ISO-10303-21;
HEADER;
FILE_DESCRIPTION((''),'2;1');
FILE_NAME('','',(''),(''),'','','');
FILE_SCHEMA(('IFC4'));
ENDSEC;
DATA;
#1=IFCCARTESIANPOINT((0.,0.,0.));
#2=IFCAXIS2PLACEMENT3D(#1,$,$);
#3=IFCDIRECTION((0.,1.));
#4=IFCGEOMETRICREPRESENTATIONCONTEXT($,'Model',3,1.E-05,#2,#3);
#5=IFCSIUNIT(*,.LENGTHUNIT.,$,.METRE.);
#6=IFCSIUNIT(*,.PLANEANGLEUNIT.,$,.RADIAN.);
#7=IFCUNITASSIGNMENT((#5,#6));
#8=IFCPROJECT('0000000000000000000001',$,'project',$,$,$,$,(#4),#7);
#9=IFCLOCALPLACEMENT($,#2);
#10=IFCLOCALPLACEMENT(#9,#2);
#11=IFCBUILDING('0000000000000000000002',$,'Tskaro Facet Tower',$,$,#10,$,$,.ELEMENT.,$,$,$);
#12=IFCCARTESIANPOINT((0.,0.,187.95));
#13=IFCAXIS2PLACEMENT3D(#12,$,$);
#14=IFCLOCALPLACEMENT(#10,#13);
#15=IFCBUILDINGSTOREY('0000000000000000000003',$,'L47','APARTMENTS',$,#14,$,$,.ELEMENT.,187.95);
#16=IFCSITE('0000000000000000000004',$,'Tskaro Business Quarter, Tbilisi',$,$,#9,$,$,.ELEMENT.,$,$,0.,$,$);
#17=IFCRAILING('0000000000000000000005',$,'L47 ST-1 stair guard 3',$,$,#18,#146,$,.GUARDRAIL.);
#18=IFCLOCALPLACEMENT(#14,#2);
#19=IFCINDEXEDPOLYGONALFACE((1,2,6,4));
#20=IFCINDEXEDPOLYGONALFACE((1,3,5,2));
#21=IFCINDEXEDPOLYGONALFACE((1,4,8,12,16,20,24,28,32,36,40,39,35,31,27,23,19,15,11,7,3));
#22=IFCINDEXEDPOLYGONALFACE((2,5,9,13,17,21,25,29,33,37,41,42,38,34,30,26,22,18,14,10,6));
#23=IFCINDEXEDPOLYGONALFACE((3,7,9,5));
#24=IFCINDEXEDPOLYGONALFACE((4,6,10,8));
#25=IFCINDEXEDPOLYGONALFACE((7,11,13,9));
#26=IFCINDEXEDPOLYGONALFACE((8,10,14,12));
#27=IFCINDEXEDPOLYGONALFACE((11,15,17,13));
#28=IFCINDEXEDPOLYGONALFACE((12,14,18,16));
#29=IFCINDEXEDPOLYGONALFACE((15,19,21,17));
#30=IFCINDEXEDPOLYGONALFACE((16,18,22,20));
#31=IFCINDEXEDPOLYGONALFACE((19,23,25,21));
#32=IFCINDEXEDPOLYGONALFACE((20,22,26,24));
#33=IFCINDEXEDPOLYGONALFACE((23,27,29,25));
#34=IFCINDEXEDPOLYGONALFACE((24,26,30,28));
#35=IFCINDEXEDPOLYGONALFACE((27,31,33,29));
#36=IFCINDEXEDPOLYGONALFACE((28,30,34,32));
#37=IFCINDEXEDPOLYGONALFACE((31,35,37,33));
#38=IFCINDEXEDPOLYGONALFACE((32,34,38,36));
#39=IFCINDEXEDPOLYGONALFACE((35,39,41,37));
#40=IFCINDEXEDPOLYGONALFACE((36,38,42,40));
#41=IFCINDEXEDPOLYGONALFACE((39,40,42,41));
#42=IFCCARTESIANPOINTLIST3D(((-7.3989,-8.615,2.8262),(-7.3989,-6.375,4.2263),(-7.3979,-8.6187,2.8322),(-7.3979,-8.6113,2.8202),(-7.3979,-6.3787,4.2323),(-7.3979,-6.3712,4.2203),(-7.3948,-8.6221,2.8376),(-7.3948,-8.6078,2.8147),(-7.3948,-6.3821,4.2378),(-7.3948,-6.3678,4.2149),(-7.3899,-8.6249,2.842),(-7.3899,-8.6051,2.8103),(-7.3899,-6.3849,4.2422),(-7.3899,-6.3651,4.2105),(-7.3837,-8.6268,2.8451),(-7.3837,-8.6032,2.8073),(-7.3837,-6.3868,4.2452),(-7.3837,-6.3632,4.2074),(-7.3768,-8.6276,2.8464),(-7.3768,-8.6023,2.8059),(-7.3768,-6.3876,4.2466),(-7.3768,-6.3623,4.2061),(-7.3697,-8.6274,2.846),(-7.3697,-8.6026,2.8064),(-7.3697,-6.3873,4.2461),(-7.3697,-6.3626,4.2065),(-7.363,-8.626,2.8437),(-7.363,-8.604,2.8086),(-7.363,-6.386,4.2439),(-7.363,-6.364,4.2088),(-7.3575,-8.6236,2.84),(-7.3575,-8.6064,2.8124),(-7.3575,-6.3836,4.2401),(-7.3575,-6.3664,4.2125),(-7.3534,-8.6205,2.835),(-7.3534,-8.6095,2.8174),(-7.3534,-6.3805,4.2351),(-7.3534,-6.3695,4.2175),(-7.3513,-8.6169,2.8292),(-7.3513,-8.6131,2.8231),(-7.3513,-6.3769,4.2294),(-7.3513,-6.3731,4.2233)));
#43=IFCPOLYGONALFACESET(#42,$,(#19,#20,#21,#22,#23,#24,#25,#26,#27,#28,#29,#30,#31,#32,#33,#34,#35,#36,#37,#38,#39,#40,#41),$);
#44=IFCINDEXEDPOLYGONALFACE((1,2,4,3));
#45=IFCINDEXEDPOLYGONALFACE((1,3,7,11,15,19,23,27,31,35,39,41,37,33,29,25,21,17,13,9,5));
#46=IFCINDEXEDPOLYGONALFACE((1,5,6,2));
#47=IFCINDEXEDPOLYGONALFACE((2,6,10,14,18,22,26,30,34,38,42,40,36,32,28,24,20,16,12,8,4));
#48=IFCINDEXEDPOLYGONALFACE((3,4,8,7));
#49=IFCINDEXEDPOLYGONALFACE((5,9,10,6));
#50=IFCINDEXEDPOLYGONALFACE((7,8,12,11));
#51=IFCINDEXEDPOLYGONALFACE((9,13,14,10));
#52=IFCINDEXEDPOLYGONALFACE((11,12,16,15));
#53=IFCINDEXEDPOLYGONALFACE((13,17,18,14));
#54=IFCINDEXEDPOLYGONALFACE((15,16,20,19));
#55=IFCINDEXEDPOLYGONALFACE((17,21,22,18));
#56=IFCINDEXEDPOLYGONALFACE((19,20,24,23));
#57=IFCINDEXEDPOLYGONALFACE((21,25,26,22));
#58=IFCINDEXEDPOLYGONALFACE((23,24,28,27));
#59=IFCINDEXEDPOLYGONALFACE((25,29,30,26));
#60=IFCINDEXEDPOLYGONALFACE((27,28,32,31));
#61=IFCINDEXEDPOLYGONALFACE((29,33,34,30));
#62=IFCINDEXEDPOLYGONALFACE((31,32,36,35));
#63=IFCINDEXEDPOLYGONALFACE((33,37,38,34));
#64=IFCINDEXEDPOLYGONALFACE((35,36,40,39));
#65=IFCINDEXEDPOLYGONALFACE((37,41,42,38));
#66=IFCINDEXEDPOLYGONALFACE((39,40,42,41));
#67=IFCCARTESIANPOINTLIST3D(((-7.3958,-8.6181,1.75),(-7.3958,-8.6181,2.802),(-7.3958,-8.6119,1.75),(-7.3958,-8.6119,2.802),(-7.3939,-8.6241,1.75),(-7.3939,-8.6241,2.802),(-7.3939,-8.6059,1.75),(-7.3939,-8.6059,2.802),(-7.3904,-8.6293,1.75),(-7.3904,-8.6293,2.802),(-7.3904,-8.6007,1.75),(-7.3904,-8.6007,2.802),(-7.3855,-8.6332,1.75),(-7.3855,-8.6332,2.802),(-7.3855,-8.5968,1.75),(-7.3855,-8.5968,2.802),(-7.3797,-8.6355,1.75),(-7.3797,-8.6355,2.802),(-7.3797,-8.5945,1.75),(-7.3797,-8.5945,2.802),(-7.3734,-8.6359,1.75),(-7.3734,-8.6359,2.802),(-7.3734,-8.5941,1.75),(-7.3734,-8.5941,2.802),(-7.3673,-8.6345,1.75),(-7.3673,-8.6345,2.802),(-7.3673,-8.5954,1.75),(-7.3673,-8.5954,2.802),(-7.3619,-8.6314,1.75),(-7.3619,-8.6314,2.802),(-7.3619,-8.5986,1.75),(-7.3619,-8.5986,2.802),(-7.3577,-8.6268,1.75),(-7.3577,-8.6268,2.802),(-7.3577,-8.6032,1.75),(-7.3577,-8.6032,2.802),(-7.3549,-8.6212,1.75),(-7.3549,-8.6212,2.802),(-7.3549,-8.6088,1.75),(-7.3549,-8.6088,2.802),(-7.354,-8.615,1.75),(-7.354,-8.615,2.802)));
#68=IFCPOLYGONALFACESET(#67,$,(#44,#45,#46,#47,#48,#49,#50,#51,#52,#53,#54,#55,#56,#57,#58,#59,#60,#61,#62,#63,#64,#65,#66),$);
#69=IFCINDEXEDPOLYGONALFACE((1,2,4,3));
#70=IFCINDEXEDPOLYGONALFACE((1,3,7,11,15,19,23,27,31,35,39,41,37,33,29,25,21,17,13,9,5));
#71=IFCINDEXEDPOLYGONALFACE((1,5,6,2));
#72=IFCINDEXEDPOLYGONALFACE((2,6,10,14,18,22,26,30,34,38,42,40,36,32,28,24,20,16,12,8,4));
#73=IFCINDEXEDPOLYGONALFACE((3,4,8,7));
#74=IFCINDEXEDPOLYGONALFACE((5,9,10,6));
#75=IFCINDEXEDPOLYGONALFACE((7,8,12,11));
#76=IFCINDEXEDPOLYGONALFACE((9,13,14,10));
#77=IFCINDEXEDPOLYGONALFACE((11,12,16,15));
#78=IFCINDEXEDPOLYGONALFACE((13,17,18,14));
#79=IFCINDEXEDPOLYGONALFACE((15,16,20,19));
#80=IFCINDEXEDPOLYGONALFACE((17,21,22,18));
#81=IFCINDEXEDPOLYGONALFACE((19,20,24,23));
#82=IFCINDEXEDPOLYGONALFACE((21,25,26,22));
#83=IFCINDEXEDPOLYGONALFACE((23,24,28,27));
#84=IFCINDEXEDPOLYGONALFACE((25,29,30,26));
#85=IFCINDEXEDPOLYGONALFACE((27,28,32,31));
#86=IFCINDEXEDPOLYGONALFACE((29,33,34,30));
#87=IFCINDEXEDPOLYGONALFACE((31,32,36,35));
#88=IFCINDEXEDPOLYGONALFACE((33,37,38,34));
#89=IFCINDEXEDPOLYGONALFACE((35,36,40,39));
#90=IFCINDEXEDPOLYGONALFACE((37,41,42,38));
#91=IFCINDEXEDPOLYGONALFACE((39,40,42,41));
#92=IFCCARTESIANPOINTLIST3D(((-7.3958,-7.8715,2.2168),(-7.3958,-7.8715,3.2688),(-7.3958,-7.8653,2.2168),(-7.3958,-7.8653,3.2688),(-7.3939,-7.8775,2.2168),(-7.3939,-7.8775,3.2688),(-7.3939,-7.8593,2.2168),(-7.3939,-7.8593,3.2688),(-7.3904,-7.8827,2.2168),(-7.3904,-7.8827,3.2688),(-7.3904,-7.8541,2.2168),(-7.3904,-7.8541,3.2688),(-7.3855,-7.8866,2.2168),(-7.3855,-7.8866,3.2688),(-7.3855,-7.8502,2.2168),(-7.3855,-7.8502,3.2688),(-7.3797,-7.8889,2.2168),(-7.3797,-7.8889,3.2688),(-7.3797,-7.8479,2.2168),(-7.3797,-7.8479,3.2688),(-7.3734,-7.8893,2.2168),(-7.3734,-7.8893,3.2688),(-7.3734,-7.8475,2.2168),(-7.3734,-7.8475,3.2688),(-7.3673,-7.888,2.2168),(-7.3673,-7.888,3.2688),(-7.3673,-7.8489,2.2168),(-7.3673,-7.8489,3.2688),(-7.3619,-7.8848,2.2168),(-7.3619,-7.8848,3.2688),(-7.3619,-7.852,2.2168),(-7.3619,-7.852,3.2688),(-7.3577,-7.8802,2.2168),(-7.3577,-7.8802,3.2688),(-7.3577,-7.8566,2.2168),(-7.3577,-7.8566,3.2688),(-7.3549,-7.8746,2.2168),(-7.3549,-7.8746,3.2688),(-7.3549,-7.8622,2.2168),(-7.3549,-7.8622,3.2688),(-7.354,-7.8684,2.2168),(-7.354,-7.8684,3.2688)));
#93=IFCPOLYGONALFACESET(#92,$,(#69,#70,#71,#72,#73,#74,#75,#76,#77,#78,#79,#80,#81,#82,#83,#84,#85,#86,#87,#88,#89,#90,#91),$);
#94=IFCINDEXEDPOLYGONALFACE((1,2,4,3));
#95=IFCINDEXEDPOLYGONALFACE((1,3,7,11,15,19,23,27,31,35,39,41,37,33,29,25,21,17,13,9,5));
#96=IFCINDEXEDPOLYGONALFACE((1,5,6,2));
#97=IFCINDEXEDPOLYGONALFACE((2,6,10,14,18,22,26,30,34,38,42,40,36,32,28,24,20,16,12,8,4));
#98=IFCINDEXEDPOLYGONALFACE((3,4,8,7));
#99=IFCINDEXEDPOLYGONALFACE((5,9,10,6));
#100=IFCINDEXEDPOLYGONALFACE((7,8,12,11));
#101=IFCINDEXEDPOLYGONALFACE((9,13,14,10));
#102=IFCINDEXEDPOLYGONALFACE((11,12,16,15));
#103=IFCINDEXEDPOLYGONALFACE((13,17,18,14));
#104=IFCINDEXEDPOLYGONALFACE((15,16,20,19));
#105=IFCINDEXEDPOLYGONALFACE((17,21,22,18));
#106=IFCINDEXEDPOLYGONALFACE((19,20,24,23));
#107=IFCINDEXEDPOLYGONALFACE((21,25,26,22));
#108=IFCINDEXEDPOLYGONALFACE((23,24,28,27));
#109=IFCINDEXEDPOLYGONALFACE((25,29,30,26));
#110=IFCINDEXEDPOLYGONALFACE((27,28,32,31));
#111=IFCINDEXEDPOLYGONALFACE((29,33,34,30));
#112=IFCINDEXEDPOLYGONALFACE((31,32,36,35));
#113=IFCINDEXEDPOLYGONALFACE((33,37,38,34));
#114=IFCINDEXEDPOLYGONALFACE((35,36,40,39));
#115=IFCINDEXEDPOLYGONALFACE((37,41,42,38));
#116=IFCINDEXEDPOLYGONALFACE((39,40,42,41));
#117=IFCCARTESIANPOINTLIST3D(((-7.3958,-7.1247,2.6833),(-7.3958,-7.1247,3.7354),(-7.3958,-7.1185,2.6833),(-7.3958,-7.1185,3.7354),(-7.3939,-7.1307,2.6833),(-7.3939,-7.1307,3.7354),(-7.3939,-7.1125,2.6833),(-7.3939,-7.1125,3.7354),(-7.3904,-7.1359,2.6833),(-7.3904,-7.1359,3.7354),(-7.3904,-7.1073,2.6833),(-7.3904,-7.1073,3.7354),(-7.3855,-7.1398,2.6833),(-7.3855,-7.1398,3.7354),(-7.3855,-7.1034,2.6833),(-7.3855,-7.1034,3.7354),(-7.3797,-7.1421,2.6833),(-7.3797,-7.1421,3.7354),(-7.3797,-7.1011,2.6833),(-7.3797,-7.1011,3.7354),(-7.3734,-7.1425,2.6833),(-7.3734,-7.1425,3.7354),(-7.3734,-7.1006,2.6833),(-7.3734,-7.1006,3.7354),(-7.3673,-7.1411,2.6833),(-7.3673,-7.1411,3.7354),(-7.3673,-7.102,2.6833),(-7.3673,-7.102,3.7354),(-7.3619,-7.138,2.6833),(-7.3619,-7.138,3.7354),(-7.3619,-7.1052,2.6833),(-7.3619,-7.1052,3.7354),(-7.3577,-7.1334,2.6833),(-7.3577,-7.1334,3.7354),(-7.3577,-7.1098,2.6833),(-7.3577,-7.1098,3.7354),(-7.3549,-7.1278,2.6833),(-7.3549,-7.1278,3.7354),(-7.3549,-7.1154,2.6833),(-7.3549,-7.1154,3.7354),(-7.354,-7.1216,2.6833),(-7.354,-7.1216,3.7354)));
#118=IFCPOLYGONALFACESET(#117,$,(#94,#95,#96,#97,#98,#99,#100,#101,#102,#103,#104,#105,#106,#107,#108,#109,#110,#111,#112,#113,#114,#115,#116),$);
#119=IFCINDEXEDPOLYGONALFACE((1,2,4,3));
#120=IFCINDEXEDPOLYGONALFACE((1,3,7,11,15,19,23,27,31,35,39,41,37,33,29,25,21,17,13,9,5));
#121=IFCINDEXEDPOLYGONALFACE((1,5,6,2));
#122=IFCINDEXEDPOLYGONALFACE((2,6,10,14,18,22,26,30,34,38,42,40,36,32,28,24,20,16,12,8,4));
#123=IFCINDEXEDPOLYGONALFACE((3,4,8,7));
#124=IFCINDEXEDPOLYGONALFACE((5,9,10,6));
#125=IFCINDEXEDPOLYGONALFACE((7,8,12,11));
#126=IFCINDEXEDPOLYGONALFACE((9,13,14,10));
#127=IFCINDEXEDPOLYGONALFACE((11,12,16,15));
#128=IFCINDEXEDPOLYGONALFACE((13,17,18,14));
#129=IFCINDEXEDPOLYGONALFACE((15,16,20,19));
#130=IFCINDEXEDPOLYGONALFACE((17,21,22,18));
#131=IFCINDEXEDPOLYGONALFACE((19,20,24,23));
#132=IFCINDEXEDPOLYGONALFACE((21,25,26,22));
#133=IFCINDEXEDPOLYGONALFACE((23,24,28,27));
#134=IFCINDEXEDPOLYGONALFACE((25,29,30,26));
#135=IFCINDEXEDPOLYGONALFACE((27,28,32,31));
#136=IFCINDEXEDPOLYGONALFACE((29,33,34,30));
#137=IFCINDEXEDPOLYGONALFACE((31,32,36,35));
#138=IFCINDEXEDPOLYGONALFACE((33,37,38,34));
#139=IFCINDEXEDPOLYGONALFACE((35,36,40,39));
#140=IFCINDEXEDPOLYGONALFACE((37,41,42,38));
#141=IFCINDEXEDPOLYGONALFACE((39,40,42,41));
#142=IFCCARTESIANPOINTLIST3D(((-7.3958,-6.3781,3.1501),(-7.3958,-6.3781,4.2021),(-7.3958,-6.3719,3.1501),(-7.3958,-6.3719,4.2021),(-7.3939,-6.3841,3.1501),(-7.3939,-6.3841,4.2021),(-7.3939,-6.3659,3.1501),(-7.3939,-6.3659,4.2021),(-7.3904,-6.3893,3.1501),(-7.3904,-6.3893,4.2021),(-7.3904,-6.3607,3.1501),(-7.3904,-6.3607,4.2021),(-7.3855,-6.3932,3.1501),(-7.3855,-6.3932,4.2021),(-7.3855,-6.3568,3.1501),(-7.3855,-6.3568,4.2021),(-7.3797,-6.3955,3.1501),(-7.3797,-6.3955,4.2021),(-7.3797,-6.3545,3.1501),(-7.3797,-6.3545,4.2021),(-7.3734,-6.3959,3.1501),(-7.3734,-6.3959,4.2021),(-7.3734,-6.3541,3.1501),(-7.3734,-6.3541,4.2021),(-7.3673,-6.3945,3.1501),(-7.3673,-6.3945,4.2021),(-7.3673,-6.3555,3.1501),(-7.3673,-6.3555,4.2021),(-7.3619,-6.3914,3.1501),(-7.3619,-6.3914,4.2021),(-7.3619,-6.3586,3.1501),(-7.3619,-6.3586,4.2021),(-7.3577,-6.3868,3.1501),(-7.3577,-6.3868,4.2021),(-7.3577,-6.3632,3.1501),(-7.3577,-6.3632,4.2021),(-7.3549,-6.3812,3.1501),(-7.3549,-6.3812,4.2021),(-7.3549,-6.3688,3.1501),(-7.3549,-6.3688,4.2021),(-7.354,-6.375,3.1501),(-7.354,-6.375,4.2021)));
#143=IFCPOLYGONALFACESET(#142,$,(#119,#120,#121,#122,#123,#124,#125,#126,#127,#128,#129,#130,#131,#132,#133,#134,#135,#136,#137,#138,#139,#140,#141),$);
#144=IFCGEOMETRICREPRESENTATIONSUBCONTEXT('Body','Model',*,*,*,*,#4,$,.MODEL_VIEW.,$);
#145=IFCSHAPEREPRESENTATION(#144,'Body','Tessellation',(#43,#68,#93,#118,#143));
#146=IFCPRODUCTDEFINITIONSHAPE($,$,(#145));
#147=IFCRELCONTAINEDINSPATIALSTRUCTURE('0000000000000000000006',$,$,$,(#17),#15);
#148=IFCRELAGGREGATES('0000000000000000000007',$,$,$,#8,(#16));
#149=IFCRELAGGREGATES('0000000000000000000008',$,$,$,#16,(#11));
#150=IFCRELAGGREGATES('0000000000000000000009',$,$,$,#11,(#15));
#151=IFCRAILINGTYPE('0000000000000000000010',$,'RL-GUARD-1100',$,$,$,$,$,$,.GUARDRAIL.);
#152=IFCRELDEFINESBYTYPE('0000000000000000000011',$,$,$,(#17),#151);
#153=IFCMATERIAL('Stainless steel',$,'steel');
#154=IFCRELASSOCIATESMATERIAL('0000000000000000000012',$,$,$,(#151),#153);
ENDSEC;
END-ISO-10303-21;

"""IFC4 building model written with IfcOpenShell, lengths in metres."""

from ifc_helpers import new_model, si_unit, direction, frame, origin, origin_2d, place, context, subcontext, project, spatial, circle, extrude, material, type_object, element, save


model = new_model("IFC4")

# Units and contexts
model_context = context("Model", 3, precision=1e-05, world=origin(), true_north=direction((0.0, 1.0)))
body_context = subcontext(model_context, "Body", "Model", "MODEL_VIEW")
ifc_project = project(units=[si_unit("LENGTHUNIT", "METRE"), si_unit("PLANEANGLEUNIT", "RADIAN")], contexts=[model_context])

# Site, building, storey
site_placement = place(None, origin())
site = spatial("IfcSite", under=ifc_project, at=site_placement, Name="Tskaro Business Quarter, Tbilisi", CompositionType="ELEMENT", RefElevation=0.0)
building_placement = place(site_placement, origin())
building = spatial("IfcBuilding", under=site, at=building_placement, Name="Tskaro Facet Tower", CompositionType="ELEMENT")
storey_placement = place(building_placement, frame((0.0, 0.0, 187.95)))
storey = spatial("IfcBuildingStorey", under=building, at=storey_placement, Name="L47", Description="APARTMENTS", CompositionType="ELEMENT", Elevation=187.95)

# Shared definitions
ifc_material_1 = material(Name="Stainless steel", Category="steel")

# Railing
railing_type_1 = type_object("IfcRailingType", Name="RL-GUARD-1100", PredefinedType="GUARDRAIL", material=ifc_material_1)
railing_1_placement = place(storey_placement, frame((-7.375, -8.615, 1.75)))
element("IfcRailing", 1, at=railing_1_placement, inside=storey, type_object=railing_type_1, Name="L47 ST-1 stair guard 3", PredefinedType="GUARDRAIL", context=body_context, shape_type="SweptSolid", body=[
    extrude(circle(Radius=0.0239, at=origin_2d()), frame((0.0, 0.0, 1.0762), z_axis=(0.0, 0.847972, 0.53004), x_axis=(-1.0, 0.0, 0.0)), (0.0, 0.0, 1.0), 2.6416),
    extrude(circle(Radius=0.021, at=origin_2d()), origin(), (0.0, 0.0, 1.0), 1.052),
    extrude(circle(Radius=0.021, at=origin_2d()), frame((0.0, 0.7466, 0.4668)), (0.0, 0.0, 1.0), 1.052),
    extrude(circle(Radius=0.021, at=origin_2d()), frame((0.0, 1.4934, 0.9333)), (0.0, 0.0, 1.0), 1.052),
    extrude(circle(Radius=0.021, at=origin_2d()), frame((0.0, 2.24, 1.4001)), (0.0, 0.0, 1.0), 1.052),
])

save(model, "model.ifc")
